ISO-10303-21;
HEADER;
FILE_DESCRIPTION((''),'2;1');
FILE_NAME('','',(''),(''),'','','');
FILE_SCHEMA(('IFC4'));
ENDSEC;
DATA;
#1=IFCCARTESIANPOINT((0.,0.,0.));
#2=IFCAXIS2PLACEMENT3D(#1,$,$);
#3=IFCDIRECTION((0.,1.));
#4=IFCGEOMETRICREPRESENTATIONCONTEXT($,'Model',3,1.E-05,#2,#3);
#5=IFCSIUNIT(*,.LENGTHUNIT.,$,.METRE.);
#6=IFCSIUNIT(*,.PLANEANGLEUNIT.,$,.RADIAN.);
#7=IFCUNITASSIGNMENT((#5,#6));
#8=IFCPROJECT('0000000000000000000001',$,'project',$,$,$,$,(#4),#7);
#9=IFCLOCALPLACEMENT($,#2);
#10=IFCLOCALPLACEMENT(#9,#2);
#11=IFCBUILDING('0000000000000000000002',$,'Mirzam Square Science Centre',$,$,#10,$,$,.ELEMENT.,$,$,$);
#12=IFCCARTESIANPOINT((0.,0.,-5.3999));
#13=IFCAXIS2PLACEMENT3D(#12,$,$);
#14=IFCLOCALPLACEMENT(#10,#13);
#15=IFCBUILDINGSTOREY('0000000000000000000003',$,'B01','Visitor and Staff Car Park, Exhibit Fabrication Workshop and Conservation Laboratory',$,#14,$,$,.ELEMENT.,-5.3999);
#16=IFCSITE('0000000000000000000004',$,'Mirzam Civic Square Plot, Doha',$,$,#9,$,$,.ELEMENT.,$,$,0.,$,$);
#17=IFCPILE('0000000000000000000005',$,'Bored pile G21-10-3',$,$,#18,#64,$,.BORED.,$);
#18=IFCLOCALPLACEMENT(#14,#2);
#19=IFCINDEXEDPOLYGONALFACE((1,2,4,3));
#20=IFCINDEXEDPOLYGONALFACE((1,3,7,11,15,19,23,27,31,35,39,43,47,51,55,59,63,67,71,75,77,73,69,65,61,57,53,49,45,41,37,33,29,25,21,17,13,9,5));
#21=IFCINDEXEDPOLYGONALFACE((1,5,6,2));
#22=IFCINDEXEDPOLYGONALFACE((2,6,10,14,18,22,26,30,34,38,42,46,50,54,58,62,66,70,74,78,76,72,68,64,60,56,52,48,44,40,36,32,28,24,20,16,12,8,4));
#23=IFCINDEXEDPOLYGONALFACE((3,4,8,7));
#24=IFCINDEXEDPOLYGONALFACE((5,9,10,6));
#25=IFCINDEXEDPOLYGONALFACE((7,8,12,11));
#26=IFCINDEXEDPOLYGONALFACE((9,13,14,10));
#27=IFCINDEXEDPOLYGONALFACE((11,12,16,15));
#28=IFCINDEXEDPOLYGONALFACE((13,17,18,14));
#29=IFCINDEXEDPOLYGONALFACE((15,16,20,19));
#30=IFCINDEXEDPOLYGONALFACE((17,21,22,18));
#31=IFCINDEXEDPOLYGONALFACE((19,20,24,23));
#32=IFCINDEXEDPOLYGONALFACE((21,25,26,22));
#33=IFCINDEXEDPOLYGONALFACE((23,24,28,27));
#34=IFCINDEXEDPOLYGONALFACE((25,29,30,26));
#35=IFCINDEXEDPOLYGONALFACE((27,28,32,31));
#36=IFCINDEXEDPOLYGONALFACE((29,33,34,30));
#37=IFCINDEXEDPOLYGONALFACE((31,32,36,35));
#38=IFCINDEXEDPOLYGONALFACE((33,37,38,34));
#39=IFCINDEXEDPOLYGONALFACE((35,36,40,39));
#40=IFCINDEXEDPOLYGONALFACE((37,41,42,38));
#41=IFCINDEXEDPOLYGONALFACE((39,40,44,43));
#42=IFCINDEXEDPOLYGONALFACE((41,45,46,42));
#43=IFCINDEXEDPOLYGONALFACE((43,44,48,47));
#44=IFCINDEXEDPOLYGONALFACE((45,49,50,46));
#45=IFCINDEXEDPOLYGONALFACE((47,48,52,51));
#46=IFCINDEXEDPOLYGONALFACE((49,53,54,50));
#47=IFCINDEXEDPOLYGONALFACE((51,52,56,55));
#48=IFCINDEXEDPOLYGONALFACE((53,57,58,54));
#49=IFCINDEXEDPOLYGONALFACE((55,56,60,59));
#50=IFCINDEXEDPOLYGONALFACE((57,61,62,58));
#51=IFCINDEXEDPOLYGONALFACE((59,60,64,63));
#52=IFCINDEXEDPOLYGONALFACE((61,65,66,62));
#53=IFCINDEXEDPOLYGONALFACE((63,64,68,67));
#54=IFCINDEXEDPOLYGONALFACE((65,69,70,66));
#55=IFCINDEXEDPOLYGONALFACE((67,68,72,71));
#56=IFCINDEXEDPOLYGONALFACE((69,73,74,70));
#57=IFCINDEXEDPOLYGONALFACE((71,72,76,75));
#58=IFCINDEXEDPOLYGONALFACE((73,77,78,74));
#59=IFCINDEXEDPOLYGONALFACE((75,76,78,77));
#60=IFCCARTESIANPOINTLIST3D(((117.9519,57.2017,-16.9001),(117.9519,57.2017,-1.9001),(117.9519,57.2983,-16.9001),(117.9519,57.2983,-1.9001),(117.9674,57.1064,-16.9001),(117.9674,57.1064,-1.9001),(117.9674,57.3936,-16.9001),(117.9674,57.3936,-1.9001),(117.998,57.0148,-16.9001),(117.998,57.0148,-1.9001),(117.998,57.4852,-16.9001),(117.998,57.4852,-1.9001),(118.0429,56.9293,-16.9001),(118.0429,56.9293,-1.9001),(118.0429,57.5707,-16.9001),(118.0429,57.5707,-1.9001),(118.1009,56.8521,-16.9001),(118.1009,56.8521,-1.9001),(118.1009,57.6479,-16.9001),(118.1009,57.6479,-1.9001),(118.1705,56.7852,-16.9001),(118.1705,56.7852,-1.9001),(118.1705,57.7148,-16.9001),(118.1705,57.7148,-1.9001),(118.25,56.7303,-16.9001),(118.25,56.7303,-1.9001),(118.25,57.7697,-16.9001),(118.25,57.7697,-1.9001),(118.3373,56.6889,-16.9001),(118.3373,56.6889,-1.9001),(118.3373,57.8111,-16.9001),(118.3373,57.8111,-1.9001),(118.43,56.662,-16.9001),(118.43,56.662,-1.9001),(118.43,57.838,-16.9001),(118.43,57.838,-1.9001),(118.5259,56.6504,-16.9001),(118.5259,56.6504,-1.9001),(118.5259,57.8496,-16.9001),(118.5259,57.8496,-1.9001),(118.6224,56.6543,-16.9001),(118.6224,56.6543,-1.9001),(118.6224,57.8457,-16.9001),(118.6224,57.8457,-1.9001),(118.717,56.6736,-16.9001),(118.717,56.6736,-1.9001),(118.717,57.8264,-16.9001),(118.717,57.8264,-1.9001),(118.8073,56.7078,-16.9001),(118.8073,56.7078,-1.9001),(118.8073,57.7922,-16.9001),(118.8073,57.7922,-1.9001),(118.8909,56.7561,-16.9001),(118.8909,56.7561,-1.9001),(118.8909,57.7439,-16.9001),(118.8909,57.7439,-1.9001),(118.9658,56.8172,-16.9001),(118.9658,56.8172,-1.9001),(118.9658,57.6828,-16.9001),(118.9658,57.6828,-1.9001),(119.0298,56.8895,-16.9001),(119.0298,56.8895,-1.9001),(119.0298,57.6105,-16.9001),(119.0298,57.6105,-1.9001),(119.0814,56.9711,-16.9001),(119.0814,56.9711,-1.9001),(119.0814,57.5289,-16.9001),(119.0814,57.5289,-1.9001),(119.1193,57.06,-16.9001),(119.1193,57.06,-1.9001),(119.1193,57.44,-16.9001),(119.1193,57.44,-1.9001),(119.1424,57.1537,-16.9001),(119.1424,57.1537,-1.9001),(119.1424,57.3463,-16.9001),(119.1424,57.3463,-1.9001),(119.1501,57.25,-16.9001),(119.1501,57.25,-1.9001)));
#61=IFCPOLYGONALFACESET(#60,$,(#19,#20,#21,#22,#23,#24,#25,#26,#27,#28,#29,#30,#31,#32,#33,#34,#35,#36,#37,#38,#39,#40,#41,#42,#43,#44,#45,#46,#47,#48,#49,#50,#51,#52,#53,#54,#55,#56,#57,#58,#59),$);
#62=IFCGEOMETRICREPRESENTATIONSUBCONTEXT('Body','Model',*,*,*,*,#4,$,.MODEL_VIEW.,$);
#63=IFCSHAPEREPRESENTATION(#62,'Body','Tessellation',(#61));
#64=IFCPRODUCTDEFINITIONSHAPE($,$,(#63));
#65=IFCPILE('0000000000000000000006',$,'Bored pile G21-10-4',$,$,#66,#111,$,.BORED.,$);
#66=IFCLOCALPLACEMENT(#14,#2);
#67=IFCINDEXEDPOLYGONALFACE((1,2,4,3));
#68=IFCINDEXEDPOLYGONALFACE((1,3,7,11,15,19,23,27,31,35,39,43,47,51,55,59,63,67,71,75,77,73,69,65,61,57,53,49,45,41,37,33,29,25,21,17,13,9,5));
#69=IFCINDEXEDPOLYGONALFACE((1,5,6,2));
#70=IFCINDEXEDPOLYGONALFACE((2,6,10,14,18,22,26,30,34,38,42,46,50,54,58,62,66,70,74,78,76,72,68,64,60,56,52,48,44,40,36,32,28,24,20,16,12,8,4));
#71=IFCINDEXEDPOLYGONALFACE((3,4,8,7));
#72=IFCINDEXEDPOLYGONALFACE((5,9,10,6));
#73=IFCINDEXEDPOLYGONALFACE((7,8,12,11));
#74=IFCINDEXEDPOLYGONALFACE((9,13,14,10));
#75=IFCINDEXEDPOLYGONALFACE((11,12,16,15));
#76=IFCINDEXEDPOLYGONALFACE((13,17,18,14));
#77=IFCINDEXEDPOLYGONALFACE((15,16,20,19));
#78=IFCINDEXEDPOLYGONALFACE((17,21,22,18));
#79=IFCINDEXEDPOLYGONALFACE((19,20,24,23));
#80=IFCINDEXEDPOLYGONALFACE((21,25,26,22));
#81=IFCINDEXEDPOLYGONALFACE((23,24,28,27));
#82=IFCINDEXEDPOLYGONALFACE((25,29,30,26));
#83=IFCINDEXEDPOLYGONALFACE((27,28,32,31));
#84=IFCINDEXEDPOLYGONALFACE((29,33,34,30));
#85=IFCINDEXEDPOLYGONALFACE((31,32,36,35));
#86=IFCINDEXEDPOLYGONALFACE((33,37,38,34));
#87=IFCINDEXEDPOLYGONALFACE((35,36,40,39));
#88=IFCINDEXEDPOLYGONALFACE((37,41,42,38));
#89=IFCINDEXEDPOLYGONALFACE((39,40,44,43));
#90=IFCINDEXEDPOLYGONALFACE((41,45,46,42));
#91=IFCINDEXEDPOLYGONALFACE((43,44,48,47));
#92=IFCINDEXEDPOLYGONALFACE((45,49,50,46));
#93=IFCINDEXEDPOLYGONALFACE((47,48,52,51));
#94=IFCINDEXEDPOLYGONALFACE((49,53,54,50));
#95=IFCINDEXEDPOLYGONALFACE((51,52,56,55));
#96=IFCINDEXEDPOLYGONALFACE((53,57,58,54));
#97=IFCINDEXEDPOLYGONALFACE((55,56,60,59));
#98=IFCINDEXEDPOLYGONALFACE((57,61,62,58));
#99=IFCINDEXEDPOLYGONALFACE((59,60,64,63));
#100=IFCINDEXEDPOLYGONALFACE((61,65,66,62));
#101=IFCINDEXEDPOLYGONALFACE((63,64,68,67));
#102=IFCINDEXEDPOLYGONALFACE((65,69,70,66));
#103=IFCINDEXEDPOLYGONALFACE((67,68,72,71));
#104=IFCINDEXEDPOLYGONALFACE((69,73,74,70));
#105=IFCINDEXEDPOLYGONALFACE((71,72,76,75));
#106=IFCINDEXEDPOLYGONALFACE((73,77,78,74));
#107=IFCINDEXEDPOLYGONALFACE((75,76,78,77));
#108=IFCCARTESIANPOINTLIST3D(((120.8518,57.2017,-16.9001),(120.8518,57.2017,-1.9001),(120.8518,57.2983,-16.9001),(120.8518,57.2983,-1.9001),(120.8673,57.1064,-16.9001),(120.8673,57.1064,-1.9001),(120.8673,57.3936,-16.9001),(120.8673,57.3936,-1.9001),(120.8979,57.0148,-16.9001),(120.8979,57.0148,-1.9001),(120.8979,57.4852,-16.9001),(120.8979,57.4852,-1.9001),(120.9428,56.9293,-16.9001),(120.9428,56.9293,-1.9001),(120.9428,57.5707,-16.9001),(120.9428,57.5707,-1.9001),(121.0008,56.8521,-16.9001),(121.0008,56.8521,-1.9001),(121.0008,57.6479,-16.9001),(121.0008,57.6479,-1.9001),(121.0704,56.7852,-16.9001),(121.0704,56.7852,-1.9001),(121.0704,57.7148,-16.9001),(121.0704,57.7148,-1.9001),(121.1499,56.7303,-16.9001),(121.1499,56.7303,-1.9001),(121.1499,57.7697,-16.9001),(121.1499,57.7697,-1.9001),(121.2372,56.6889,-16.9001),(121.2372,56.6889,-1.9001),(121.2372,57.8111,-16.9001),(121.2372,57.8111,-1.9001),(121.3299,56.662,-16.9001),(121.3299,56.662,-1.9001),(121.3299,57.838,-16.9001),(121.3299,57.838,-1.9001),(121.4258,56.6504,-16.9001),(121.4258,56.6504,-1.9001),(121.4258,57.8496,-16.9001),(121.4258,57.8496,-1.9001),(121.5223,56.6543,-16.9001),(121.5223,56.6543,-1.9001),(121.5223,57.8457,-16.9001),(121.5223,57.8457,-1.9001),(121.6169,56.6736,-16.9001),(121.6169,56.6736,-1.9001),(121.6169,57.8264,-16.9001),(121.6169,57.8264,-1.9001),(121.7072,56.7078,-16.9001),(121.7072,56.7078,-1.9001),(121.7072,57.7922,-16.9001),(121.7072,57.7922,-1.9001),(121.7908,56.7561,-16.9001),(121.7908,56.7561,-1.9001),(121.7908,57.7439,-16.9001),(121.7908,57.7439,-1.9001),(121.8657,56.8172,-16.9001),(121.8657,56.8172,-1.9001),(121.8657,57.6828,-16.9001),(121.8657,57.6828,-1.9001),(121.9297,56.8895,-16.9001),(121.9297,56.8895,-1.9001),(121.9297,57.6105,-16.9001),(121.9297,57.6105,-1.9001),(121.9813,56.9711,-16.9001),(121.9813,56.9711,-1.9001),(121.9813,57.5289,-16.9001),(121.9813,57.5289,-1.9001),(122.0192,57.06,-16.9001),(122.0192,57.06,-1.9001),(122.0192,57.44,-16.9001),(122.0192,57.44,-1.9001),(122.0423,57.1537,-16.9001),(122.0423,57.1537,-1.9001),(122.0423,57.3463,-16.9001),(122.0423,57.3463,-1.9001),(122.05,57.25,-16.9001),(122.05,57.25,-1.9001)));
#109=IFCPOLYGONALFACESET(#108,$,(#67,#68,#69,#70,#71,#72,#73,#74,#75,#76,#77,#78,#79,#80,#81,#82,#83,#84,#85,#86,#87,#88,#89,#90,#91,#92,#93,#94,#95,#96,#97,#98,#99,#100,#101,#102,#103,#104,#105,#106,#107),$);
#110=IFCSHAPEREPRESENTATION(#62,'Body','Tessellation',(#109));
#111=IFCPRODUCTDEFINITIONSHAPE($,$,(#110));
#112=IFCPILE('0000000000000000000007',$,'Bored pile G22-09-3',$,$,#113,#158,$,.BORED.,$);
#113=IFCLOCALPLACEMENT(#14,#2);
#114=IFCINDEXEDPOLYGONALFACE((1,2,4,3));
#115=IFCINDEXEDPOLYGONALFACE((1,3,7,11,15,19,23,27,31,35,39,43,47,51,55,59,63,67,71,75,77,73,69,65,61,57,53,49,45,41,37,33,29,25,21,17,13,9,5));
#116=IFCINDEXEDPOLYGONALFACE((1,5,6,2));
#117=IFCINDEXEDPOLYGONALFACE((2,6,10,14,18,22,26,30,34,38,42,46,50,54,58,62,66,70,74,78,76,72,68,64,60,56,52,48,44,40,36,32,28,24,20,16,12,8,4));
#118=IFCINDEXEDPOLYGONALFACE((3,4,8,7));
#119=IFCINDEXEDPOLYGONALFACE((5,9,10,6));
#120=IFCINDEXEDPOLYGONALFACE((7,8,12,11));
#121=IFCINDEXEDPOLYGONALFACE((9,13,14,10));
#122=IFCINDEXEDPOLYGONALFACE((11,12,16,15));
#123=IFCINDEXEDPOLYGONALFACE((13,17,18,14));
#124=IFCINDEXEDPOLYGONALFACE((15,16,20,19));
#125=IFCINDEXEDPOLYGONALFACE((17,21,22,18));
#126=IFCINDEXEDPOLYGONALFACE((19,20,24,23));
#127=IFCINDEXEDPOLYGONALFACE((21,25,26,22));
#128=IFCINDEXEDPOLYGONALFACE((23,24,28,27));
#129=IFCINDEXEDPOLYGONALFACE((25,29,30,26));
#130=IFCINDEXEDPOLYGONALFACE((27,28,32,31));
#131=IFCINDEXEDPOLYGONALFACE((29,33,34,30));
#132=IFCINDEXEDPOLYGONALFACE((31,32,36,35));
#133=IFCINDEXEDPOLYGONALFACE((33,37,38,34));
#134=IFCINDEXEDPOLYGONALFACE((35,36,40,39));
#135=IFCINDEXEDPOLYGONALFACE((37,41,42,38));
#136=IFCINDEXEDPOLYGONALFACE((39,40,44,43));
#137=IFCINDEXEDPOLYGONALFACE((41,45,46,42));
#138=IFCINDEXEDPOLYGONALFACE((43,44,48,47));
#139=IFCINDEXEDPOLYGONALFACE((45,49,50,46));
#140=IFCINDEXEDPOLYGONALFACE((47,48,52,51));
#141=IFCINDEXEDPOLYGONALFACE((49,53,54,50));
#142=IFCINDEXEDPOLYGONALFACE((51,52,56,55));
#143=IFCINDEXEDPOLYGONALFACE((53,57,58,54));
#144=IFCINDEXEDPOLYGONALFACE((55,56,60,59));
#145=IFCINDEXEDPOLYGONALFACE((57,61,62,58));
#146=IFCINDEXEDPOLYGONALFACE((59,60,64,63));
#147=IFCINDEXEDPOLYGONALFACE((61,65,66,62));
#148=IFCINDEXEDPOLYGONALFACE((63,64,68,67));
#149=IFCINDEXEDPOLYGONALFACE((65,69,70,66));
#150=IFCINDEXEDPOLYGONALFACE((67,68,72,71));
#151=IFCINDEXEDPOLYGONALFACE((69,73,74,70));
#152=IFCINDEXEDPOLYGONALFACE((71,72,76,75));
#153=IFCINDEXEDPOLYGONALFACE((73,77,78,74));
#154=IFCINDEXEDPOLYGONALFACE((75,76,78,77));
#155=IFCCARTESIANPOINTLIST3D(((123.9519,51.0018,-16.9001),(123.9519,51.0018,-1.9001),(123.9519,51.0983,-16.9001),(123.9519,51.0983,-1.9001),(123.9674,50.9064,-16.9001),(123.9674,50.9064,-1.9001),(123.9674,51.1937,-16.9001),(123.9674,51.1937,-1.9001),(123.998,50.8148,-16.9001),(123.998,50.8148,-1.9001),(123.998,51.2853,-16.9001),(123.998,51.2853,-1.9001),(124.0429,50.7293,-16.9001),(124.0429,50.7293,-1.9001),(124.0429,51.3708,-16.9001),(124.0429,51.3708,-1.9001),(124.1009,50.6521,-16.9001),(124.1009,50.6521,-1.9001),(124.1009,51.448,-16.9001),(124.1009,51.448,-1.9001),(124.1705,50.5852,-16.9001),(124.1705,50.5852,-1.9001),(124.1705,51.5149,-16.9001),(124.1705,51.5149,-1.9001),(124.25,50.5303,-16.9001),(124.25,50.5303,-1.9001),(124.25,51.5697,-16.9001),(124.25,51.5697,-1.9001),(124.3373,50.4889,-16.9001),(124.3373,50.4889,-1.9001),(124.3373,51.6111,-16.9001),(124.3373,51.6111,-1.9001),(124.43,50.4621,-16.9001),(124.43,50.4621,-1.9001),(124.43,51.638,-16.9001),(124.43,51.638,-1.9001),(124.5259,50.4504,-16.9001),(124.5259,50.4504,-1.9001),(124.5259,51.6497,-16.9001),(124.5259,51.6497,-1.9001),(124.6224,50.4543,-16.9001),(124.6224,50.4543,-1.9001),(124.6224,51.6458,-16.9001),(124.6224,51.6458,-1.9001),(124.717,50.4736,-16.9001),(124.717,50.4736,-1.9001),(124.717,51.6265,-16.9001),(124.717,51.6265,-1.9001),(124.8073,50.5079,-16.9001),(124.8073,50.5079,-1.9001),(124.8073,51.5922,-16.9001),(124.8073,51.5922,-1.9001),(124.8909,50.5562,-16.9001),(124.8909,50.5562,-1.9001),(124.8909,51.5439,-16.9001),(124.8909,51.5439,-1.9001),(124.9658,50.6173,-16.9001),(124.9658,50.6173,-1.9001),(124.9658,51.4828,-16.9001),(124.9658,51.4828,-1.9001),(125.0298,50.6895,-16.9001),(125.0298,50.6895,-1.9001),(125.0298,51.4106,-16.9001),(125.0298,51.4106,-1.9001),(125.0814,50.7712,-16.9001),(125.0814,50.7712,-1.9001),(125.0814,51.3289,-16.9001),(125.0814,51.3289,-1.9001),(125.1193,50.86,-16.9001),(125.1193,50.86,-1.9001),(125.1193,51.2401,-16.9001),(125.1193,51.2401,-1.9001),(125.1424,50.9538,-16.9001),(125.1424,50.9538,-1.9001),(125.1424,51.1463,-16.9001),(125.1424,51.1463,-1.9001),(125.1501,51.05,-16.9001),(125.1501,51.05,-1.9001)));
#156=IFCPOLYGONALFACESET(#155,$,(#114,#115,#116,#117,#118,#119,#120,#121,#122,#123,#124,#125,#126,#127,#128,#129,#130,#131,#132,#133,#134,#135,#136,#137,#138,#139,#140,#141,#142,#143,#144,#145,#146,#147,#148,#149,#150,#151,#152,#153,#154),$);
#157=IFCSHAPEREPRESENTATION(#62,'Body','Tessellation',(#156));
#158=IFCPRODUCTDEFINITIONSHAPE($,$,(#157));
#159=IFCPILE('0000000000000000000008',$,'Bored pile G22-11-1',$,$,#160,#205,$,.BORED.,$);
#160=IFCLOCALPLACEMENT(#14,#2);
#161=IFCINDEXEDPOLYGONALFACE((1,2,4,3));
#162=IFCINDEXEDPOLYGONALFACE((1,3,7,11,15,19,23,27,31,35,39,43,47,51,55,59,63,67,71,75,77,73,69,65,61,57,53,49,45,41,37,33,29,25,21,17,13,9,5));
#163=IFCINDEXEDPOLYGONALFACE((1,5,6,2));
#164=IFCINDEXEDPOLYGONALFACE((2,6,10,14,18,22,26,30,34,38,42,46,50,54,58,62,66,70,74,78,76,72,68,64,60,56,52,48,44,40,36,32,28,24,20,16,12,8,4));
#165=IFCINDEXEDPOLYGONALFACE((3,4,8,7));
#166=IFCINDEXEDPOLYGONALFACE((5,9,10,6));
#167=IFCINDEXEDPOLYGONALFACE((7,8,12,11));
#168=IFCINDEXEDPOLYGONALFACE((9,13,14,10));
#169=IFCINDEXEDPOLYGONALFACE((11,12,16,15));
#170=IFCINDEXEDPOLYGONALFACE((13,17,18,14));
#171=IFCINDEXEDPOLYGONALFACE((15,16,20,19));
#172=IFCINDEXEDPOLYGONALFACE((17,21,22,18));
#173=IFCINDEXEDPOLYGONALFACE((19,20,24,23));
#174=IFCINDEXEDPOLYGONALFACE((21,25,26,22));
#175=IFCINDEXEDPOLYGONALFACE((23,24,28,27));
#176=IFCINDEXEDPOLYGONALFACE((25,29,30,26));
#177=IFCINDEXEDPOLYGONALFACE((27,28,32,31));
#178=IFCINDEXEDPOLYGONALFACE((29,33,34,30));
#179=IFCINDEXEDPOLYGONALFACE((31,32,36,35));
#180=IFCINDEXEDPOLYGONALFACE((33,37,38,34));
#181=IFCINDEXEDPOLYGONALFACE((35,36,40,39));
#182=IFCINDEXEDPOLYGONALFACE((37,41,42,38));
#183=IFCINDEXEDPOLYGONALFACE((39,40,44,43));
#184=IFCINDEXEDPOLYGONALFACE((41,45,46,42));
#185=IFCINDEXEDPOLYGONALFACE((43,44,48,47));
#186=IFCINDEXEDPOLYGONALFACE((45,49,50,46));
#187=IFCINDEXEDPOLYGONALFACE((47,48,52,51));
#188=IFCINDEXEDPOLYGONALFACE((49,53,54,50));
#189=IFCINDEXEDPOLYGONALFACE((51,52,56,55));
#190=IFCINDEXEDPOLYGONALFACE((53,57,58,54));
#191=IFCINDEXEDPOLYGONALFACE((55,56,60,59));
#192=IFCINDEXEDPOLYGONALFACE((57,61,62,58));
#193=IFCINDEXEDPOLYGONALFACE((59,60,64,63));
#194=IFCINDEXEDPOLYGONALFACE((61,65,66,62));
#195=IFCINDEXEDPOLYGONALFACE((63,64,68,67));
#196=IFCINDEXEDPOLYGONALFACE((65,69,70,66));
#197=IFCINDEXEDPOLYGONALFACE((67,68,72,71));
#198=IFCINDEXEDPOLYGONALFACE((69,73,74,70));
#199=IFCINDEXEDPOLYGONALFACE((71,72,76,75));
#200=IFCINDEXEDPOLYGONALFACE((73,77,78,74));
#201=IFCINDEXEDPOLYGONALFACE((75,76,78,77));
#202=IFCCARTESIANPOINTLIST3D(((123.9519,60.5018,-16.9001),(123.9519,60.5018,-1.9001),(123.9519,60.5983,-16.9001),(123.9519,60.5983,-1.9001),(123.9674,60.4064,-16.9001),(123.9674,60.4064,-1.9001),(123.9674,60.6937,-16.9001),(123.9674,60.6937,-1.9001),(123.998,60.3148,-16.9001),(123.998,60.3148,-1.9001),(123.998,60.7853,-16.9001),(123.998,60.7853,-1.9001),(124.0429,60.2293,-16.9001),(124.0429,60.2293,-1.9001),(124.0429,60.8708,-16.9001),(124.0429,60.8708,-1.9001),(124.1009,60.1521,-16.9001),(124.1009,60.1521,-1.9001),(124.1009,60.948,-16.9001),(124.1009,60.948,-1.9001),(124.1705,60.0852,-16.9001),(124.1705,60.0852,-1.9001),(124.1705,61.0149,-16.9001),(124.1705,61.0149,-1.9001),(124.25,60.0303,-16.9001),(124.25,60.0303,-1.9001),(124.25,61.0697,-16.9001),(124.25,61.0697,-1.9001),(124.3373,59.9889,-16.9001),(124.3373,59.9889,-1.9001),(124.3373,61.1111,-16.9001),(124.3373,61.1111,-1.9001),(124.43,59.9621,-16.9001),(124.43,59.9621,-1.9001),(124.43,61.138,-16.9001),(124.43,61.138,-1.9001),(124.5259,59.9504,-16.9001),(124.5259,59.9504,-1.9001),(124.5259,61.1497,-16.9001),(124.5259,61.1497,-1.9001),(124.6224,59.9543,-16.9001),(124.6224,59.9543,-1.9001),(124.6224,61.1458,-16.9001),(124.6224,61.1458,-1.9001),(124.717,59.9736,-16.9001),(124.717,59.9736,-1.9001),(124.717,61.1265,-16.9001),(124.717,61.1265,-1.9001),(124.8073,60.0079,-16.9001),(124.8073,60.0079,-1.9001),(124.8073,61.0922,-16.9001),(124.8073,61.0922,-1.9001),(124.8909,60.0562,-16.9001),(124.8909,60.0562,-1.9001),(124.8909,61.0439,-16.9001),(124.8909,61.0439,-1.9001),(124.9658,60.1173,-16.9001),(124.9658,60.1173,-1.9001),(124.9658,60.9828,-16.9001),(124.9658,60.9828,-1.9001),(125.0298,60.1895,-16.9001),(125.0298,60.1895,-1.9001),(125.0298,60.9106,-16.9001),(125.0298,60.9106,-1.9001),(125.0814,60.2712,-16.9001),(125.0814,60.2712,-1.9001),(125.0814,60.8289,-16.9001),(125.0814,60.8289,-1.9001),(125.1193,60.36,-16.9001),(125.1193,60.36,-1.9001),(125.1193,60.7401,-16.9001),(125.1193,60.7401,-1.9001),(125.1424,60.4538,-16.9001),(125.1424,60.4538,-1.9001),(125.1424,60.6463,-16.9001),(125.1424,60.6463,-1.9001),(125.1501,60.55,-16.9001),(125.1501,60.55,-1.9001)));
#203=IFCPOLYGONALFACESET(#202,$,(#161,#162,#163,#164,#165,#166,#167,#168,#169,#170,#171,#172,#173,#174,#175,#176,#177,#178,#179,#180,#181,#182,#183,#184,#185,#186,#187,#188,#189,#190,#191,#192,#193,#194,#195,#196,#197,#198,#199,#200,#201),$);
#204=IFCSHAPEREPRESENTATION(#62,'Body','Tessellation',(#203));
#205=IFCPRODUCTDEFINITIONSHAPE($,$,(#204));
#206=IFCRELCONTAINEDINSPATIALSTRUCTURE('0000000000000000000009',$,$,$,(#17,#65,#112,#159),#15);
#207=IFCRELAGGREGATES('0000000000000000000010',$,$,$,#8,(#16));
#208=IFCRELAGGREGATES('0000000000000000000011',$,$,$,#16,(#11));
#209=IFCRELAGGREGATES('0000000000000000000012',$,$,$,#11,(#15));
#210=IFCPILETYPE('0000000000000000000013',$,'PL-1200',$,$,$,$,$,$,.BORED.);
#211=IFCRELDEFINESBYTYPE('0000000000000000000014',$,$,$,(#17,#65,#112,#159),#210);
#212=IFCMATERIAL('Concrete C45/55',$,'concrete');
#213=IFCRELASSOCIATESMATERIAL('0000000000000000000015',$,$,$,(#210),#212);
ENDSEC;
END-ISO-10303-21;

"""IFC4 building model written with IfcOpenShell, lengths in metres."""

from ifc_helpers import new_model, si_unit, direction, frame, origin, origin_2d, place, context, subcontext, project, spatial, circle, extrude, material, material_profile, profile_set, type_object, element, save


model = new_model("IFC4")

# Units and contexts
model_context = context("Model", 3, precision=1e-05, world=origin(), true_north=direction((0.0, 1.0)))
body_context = subcontext(model_context, "Body", "Model", "MODEL_VIEW")
ifc_project = project(units=[si_unit("LENGTHUNIT", "METRE"), si_unit("PLANEANGLEUNIT", "RADIAN")], contexts=[model_context])

# Site, building, storey
site_placement = place(None, origin())
site = spatial("IfcSite", under=ifc_project, at=site_placement, Name="Mirzam Civic Square Plot, Doha", CompositionType="ELEMENT", RefElevation=0.0)
building_placement = place(site_placement, origin())
building = spatial("IfcBuilding", under=site, at=building_placement, Name="Mirzam Square Science Centre", CompositionType="ELEMENT")
storey_placement = place(building_placement, frame((0.0, 0.0, -5.3999)))
storey = spatial("IfcBuildingStorey", under=building, at=storey_placement, Name="B01", Description="Visitor and Staff Car Park, Exhibit Fabrication Workshop and Conservation Laboratory", CompositionType="ELEMENT", Elevation=-5.3999)

# Shared definitions
ifc_material_1 = material(Name="Concrete C45/55", Category="concrete")

# Piles
ifc_material_profile_1 = material_profile(ifc_material_1, circle(Radius=0.6001, at=origin_2d()), Name="PILE-D1200")
ifc_profile_set_1 = profile_set([ifc_material_profile_1], Name="Concrete C45/55")
pile_type_1 = type_object("IfcPileType", Name="PL-1200", PredefinedType="BORED", material=ifc_profile_set_1)
for number, where, z_axis, x_axis, name in (
    (1, (118.55, 57.25, -1.9001), (0.0, 0.0, -1.0), (1.0, 0.0, 0.0), "Bored pile G21-10-3"),
    (2, (121.45, 57.25, -1.9001), (0.0, 0.0, -1.0), (1.0, 0.0, 0.0), "Bored pile G21-10-4"),
    (3, (124.55, 51.05, -1.9001), (0.0, 0.0, -1.0), (1.0, 0.0, 0.0), "Bored pile G22-09-3"),
    (4, (124.55, 60.55, -1.9001), (0.0, 0.0, -1.0), (1.0, 0.0, 0.0), "Bored pile G22-11-1"),
):
    element("IfcPile", number, at=place(storey_placement, frame(where, z_axis=z_axis, x_axis=x_axis)), inside=storey, type_object=pile_type_1, Name=name, PredefinedType="BORED", context=body_context, shape_type="SweptSolid", body=[
        extrude(circle(Radius=0.6001, at=origin_2d()), origin(), (0.0, 0.0, 1.0), 15.0),
    ])

save(model, "model.ifc")
